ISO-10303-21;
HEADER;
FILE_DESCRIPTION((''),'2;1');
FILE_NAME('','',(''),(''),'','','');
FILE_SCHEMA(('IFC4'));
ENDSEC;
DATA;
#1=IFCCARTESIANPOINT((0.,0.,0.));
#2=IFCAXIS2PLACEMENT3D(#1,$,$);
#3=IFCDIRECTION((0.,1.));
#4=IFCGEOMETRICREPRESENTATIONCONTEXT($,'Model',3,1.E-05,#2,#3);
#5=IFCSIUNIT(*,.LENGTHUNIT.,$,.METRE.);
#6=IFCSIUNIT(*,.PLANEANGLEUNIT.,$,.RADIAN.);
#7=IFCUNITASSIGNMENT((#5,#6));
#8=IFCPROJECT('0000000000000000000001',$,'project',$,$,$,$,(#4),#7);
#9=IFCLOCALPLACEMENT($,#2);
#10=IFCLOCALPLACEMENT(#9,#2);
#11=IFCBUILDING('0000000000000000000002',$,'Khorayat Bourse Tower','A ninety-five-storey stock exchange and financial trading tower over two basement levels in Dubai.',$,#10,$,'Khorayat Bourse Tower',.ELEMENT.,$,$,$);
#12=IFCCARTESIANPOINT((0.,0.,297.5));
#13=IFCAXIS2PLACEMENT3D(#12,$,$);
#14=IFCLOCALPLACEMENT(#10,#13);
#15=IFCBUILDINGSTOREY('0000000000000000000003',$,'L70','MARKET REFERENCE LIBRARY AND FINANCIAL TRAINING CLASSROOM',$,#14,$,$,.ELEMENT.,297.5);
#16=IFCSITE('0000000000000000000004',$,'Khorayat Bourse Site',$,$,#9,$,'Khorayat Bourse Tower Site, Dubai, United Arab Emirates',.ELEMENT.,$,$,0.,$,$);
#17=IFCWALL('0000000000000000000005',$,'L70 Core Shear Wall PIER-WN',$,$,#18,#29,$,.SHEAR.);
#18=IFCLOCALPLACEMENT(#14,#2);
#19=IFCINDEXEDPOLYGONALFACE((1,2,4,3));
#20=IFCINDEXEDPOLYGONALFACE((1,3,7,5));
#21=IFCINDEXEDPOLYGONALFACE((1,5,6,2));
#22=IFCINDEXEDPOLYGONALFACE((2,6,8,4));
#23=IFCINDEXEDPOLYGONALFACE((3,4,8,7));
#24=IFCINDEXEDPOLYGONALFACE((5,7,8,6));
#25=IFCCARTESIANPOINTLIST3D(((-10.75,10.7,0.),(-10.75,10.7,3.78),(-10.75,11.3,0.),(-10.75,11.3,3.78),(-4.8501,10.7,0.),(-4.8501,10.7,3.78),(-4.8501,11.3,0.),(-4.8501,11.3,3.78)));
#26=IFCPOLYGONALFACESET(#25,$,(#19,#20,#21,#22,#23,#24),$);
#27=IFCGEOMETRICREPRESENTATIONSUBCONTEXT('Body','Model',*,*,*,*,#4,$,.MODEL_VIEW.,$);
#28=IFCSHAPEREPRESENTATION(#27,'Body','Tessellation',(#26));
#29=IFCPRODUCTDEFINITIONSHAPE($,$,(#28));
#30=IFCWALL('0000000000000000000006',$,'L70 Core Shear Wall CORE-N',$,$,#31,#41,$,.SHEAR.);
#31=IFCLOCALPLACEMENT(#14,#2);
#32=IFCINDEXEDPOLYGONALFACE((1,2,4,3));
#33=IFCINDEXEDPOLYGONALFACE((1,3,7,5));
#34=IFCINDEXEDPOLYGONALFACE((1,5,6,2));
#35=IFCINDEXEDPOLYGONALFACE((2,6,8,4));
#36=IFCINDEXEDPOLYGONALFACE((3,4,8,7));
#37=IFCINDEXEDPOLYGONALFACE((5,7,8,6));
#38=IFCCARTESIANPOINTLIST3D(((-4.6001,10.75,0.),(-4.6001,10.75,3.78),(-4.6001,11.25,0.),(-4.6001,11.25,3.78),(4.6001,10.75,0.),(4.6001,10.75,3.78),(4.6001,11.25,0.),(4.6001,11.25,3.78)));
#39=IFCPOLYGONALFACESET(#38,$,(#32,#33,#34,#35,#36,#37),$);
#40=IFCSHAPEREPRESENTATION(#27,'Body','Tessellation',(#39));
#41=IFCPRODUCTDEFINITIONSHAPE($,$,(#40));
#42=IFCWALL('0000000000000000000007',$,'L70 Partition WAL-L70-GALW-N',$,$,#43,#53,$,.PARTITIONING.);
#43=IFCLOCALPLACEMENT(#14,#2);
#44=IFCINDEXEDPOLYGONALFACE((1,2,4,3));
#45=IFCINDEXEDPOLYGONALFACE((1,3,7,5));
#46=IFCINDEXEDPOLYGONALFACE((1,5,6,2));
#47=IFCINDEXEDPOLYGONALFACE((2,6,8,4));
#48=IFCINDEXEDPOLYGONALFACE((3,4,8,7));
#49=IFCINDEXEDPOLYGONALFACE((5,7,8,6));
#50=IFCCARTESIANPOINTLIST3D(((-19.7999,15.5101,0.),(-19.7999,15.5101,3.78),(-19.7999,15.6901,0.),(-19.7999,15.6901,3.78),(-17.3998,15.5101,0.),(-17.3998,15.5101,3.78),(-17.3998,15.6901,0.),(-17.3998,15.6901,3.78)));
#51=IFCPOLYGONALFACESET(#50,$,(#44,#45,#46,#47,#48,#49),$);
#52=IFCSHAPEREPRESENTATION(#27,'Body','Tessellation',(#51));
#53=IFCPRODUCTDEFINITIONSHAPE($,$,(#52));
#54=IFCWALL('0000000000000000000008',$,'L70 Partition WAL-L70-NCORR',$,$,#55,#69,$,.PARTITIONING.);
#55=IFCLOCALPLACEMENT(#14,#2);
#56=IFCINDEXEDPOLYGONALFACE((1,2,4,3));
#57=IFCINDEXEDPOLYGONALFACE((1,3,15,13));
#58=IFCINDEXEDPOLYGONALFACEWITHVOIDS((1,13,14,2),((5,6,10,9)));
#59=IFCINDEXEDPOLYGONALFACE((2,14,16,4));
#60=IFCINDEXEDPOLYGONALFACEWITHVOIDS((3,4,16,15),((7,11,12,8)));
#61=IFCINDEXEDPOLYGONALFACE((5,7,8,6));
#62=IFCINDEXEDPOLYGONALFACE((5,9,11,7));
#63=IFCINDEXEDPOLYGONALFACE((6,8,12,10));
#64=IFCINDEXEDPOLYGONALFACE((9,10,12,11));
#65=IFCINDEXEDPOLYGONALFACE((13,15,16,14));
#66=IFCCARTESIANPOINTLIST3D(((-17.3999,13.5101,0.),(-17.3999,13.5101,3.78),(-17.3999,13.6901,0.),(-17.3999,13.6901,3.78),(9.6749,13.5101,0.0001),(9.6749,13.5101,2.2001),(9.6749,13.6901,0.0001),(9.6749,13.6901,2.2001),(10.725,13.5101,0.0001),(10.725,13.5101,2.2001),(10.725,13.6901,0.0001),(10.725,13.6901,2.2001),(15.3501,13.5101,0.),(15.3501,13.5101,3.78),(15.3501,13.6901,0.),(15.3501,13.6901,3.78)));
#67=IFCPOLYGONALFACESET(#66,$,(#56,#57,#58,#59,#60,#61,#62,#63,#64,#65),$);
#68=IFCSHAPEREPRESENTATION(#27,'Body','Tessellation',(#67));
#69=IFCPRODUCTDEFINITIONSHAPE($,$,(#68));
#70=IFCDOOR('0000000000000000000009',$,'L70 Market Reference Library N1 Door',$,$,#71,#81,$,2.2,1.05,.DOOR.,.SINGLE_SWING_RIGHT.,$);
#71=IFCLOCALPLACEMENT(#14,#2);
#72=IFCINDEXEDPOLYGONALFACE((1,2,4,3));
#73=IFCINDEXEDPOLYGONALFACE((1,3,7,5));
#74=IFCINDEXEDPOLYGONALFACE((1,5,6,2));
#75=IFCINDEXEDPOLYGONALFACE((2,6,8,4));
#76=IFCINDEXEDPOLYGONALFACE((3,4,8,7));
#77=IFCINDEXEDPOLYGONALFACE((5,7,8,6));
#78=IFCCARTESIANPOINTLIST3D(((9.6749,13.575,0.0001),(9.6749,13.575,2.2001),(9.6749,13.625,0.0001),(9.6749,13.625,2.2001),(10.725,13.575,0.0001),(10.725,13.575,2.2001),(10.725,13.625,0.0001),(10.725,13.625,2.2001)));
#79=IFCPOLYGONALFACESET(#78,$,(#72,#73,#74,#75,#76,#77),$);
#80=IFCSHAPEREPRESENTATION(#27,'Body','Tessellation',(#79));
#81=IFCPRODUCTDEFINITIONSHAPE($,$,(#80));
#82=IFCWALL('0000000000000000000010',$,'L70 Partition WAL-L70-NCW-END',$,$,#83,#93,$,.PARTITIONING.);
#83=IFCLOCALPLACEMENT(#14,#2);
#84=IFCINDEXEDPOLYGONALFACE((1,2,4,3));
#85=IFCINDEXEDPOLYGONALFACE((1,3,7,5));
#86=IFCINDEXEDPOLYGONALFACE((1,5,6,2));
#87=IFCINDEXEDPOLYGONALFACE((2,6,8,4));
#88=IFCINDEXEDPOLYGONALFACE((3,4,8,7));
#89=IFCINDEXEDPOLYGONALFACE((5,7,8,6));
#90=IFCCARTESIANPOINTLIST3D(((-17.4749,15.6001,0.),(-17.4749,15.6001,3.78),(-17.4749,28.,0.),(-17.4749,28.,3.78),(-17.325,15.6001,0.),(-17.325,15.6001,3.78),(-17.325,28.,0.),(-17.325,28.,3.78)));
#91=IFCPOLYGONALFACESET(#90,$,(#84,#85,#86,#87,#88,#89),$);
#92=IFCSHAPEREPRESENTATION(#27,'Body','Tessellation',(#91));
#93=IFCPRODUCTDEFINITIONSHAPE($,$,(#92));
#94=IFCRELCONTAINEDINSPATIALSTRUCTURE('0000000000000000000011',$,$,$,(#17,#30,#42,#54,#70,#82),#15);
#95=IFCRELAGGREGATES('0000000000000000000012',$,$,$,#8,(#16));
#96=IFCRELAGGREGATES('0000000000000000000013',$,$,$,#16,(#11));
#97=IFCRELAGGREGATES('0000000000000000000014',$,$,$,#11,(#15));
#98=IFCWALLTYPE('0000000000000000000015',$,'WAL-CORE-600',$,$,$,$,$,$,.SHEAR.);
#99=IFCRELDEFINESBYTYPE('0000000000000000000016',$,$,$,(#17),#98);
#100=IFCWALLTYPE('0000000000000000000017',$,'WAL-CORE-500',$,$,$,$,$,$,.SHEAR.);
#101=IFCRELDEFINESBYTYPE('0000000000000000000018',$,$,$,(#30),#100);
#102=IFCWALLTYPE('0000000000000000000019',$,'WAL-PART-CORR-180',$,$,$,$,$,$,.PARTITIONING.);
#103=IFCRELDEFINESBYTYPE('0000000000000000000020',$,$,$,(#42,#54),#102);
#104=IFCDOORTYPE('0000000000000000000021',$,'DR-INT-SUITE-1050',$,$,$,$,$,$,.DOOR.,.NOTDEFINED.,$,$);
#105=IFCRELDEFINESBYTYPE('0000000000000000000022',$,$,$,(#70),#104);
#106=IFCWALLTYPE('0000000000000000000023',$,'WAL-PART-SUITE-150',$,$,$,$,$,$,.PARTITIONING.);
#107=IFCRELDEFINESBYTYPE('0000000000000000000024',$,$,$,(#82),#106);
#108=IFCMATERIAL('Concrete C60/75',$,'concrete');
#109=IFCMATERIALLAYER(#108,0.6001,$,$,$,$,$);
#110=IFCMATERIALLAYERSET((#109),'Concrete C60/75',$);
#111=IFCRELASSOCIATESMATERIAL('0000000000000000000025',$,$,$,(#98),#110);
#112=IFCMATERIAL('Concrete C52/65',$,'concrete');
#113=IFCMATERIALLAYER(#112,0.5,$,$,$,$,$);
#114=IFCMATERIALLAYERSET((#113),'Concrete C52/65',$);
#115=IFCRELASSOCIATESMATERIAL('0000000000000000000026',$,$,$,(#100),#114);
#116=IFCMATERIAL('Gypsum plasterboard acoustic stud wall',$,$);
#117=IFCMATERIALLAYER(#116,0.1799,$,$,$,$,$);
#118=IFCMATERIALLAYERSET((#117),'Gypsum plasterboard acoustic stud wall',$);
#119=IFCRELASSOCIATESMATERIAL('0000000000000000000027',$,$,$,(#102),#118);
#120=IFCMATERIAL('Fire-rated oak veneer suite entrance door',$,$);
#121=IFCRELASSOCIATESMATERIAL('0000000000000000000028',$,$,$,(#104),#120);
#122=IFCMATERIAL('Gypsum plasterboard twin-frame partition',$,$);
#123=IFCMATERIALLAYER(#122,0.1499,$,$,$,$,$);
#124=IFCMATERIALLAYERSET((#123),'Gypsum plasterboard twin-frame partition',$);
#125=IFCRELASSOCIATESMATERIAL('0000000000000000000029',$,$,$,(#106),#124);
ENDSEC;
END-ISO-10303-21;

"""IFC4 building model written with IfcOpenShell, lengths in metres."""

from ifc_helpers import new_model, si_unit, direction, frame, frame_2d, origin, place, context, subcontext, project, spatial, rectangle, extrude, source, transform, mapped, material, layer, layer_set, type_object, element, fill, save


model = new_model("IFC4")

# Units and contexts
model_context = context("Model", 3, precision=1e-05, world=origin(), true_north=direction((0.0, 1.0)))
body_context = subcontext(model_context, "Body", "Model", "MODEL_VIEW")
ifc_project = project(units=[si_unit("LENGTHUNIT", "METRE"), si_unit("PLANEANGLEUNIT", "RADIAN")], contexts=[model_context])

# Site, building, storey
site_placement = place(None, origin())
site = spatial("IfcSite", under=ifc_project, at=site_placement, Name="Khorayat Bourse Site", LongName="Khorayat Bourse Tower Site, Dubai, United Arab Emirates", CompositionType="ELEMENT", RefElevation=0.0)
building_placement = place(site_placement, origin())
building = spatial("IfcBuilding", under=site, at=building_placement, Name="Khorayat Bourse Tower", Description="A ninety-five-storey stock exchange and financial trading tower over two basement levels in Dubai.", LongName="Khorayat Bourse Tower", CompositionType="ELEMENT")
storey_placement = place(building_placement, frame((0.0, 0.0, 297.5)))
storey = spatial("IfcBuildingStorey", under=building, at=storey_placement, Name="L70", Description="MARKET REFERENCE LIBRARY AND FINANCIAL TRAINING CLASSROOM", CompositionType="ELEMENT", Elevation=297.5)

# Shared definitions
ifc_material_1 = material(Name="Concrete C52/65", Category="concrete")

# Shared definitions
ifc_material_2 = material(Name="Concrete C60/75", Category="concrete")

# Walls
ifc_layer_1 = layer(ifc_material_2, 0.6001)
ifc_layer_set_1 = layer_set([ifc_layer_1], Name="Concrete C60/75")
wall_type_1 = type_object("IfcWallType", Name="WAL-CORE-600", PredefinedType="SHEAR", material=ifc_layer_set_1)
shared_shape_1 = source(origin(), body_context, "Body", "SweptSolid", [
    extrude(rectangle(XDim=5.8999, YDim=0.6001, at=frame_2d((2.95, 0.0))), origin(), (0.0, 0.0, 1.0), 3.78),
])
wall_1_placement = place(storey_placement, frame((-10.75, 11.0, 0.0), z_axis=(0.0, 0.0, 1.0), x_axis=(1.0, 0.0, 0.0)))
element("IfcWall", 1, at=wall_1_placement, inside=storey, type_object=wall_type_1, Name="L70 Core Shear Wall PIER-WN", PredefinedType="SHEAR", context=body_context, shape_type="MappedRepresentation", body=[
    mapped(shared_shape_1, transform((0.0, 0.0, 0.0), scale=1.0)),
])
ifc_layer_2 = layer(ifc_material_1, 0.5)
ifc_layer_set_2 = layer_set([ifc_layer_2], Name="Concrete C52/65")
wall_type_2 = type_object("IfcWallType", Name="WAL-CORE-500", PredefinedType="SHEAR", material=ifc_layer_set_2)
shared_shape_2 = source(origin(), body_context, "Body", "SweptSolid", [
    extrude(rectangle(XDim=9.2002, YDim=0.5, at=frame_2d((4.6001, 0.0))), origin(), (0.0, 0.0, 1.0), 3.78),
])
wall_2_placement = place(storey_placement, frame((-4.6001, 11.0, 0.0), z_axis=(0.0, 0.0, 1.0), x_axis=(1.0, 0.0, 0.0)))
element("IfcWall", 2, at=wall_2_placement, inside=storey, type_object=wall_type_2, Name="L70 Core Shear Wall CORE-N", PredefinedType="SHEAR", context=body_context, shape_type="MappedRepresentation", body=[
    mapped(shared_shape_2, transform((0.0, 0.0, 0.0), scale=1.0)),
])
ifc_material_3 = material(Name="Gypsum plasterboard acoustic stud wall")
ifc_layer_3 = layer(ifc_material_3, 0.1799)
ifc_layer_set_3 = layer_set([ifc_layer_3], Name="Gypsum plasterboard acoustic stud wall")
wall_type_3 = type_object("IfcWallType", Name="WAL-PART-CORR-180", PredefinedType="PARTITIONING", material=ifc_layer_set_3)
shared_shape_3 = source(origin(), body_context, "Body", "SweptSolid", [
    extrude(rectangle(XDim=2.4001, YDim=0.1799, at=frame_2d((1.2002, 0.0))), origin(), (0.0, 0.0, 1.0), 3.78),
])
wall_3_placement = place(storey_placement, frame((-19.8, 15.6001, 0.0), z_axis=(0.0, 0.0, 1.0), x_axis=(1.0, 0.0, 0.0)))
element("IfcWall", 3, at=wall_3_placement, inside=storey, type_object=wall_type_3, Name="L70 Partition WAL-L70-GALW-N", PredefinedType="PARTITIONING", context=body_context, shape_type="MappedRepresentation", body=[
    mapped(shared_shape_3, transform((0.0, 0.0, 0.0), scale=1.0)),
])

# Wall, opening, door
shared_shape_4 = source(origin(), body_context, "Body", "SweptSolid", [
    extrude(rectangle(XDim=32.75, YDim=0.1799, at=frame_2d((16.375, 0.0))), origin(), (0.0, 0.0, 1.0), 3.78),
])
wall_4_placement = place(storey_placement, frame((-17.3999, 13.6001, 0.0), z_axis=(0.0, 0.0, 1.0), x_axis=(1.0, 0.0, 0.0)))
wall_4 = element("IfcWall", 4, at=wall_4_placement, inside=storey, type_object=wall_type_3, Name="L70 Partition WAL-L70-NCORR", PredefinedType="PARTITIONING", context=body_context, shape_type="MappedRepresentation", body=[
    mapped(shared_shape_4, transform((0.0, 0.0, 0.0), scale=1.0)),
])
shared_shape_5 = source(origin(), body_context, "Body", "SweptSolid", [
    extrude(rectangle(XDim=1.05, YDim=2.2, at=frame_2d((0.5249, 1.1001))), frame((0.0, 0.0999, 0.0), z_axis=(0.0, -1.0, 0.0), x_axis=(1.0, 0.0, 0.0)), (0.0, 0.0, 1.0), 0.2),
])
opening_placement = place(wall_4_placement, frame((27.075, 0.0, 0.0)))
opening = element("IfcOpeningElement", 5, at=opening_placement, cuts=wall_4, PredefinedType="OPENING", context=body_context, shape_type="MappedRepresentation", body=[
    mapped(shared_shape_5, transform((0.0, 0.0, 0.0), scale=1.0)),
])
ifc_material_4 = material(Name="Fire-rated oak veneer suite entrance door")
door_type = type_object("IfcDoorType", Name="DR-INT-SUITE-1050", OperationType="NOTDEFINED", PredefinedType="DOOR", material=ifc_material_4)
shared_shape_6 = source(origin(), body_context, "Body", "SweptSolid", [
    extrude(rectangle(XDim=1.05, YDim=2.2, at=frame_2d((0.5249, 1.1001))), frame((0.0, 0.0249, 0.0), z_axis=(0.0, -1.0, 0.0), x_axis=(1.0, 0.0, 0.0)), (0.0, 0.0, 1.0), 0.05),
])
door_placement = place(opening_placement, origin())
door = element("IfcDoor", 6, at=door_placement, inside=storey, type_object=door_type, Name="L70 Market Reference Library N1 Door", OperationType="SINGLE_SWING_RIGHT", OverallHeight=2.2, OverallWidth=1.05, PredefinedType="DOOR", context=body_context, shape_type="MappedRepresentation", body=[
    mapped(shared_shape_6, transform((0.0, 0.0, 0.0), scale=1.0)),
])
fill(opening, door)

# Wall
ifc_material_5 = material(Name="Gypsum plasterboard twin-frame partition")
ifc_layer_4 = layer(ifc_material_5, 0.1499)
ifc_layer_set_4 = layer_set([ifc_layer_4], Name="Gypsum plasterboard twin-frame partition")
wall_type_4 = type_object("IfcWallType", Name="WAL-PART-SUITE-150", PredefinedType="PARTITIONING", material=ifc_layer_set_4)
shared_shape_7 = source(origin(), body_context, "Body", "SweptSolid", [
    extrude(rectangle(XDim=12.3999, YDim=0.1499, at=frame_2d((6.2, 0.0))), origin(), (0.0, 0.0, 1.0), 3.78),
])
wall_5_placement = place(storey_placement, frame((-17.3999, 15.6001, 0.0), z_axis=(0.0, 0.0, 1.0), x_axis=(0.0, 1.0, 0.0)))
element("IfcWall", 7, at=wall_5_placement, inside=storey, type_object=wall_type_4, Name="L70 Partition WAL-L70-NCW-END", PredefinedType="PARTITIONING", context=body_context, shape_type="MappedRepresentation", body=[
    mapped(shared_shape_7, transform((0.0, 0.0, 0.0), scale=1.0)),
])

save(model, "model.ifc")
